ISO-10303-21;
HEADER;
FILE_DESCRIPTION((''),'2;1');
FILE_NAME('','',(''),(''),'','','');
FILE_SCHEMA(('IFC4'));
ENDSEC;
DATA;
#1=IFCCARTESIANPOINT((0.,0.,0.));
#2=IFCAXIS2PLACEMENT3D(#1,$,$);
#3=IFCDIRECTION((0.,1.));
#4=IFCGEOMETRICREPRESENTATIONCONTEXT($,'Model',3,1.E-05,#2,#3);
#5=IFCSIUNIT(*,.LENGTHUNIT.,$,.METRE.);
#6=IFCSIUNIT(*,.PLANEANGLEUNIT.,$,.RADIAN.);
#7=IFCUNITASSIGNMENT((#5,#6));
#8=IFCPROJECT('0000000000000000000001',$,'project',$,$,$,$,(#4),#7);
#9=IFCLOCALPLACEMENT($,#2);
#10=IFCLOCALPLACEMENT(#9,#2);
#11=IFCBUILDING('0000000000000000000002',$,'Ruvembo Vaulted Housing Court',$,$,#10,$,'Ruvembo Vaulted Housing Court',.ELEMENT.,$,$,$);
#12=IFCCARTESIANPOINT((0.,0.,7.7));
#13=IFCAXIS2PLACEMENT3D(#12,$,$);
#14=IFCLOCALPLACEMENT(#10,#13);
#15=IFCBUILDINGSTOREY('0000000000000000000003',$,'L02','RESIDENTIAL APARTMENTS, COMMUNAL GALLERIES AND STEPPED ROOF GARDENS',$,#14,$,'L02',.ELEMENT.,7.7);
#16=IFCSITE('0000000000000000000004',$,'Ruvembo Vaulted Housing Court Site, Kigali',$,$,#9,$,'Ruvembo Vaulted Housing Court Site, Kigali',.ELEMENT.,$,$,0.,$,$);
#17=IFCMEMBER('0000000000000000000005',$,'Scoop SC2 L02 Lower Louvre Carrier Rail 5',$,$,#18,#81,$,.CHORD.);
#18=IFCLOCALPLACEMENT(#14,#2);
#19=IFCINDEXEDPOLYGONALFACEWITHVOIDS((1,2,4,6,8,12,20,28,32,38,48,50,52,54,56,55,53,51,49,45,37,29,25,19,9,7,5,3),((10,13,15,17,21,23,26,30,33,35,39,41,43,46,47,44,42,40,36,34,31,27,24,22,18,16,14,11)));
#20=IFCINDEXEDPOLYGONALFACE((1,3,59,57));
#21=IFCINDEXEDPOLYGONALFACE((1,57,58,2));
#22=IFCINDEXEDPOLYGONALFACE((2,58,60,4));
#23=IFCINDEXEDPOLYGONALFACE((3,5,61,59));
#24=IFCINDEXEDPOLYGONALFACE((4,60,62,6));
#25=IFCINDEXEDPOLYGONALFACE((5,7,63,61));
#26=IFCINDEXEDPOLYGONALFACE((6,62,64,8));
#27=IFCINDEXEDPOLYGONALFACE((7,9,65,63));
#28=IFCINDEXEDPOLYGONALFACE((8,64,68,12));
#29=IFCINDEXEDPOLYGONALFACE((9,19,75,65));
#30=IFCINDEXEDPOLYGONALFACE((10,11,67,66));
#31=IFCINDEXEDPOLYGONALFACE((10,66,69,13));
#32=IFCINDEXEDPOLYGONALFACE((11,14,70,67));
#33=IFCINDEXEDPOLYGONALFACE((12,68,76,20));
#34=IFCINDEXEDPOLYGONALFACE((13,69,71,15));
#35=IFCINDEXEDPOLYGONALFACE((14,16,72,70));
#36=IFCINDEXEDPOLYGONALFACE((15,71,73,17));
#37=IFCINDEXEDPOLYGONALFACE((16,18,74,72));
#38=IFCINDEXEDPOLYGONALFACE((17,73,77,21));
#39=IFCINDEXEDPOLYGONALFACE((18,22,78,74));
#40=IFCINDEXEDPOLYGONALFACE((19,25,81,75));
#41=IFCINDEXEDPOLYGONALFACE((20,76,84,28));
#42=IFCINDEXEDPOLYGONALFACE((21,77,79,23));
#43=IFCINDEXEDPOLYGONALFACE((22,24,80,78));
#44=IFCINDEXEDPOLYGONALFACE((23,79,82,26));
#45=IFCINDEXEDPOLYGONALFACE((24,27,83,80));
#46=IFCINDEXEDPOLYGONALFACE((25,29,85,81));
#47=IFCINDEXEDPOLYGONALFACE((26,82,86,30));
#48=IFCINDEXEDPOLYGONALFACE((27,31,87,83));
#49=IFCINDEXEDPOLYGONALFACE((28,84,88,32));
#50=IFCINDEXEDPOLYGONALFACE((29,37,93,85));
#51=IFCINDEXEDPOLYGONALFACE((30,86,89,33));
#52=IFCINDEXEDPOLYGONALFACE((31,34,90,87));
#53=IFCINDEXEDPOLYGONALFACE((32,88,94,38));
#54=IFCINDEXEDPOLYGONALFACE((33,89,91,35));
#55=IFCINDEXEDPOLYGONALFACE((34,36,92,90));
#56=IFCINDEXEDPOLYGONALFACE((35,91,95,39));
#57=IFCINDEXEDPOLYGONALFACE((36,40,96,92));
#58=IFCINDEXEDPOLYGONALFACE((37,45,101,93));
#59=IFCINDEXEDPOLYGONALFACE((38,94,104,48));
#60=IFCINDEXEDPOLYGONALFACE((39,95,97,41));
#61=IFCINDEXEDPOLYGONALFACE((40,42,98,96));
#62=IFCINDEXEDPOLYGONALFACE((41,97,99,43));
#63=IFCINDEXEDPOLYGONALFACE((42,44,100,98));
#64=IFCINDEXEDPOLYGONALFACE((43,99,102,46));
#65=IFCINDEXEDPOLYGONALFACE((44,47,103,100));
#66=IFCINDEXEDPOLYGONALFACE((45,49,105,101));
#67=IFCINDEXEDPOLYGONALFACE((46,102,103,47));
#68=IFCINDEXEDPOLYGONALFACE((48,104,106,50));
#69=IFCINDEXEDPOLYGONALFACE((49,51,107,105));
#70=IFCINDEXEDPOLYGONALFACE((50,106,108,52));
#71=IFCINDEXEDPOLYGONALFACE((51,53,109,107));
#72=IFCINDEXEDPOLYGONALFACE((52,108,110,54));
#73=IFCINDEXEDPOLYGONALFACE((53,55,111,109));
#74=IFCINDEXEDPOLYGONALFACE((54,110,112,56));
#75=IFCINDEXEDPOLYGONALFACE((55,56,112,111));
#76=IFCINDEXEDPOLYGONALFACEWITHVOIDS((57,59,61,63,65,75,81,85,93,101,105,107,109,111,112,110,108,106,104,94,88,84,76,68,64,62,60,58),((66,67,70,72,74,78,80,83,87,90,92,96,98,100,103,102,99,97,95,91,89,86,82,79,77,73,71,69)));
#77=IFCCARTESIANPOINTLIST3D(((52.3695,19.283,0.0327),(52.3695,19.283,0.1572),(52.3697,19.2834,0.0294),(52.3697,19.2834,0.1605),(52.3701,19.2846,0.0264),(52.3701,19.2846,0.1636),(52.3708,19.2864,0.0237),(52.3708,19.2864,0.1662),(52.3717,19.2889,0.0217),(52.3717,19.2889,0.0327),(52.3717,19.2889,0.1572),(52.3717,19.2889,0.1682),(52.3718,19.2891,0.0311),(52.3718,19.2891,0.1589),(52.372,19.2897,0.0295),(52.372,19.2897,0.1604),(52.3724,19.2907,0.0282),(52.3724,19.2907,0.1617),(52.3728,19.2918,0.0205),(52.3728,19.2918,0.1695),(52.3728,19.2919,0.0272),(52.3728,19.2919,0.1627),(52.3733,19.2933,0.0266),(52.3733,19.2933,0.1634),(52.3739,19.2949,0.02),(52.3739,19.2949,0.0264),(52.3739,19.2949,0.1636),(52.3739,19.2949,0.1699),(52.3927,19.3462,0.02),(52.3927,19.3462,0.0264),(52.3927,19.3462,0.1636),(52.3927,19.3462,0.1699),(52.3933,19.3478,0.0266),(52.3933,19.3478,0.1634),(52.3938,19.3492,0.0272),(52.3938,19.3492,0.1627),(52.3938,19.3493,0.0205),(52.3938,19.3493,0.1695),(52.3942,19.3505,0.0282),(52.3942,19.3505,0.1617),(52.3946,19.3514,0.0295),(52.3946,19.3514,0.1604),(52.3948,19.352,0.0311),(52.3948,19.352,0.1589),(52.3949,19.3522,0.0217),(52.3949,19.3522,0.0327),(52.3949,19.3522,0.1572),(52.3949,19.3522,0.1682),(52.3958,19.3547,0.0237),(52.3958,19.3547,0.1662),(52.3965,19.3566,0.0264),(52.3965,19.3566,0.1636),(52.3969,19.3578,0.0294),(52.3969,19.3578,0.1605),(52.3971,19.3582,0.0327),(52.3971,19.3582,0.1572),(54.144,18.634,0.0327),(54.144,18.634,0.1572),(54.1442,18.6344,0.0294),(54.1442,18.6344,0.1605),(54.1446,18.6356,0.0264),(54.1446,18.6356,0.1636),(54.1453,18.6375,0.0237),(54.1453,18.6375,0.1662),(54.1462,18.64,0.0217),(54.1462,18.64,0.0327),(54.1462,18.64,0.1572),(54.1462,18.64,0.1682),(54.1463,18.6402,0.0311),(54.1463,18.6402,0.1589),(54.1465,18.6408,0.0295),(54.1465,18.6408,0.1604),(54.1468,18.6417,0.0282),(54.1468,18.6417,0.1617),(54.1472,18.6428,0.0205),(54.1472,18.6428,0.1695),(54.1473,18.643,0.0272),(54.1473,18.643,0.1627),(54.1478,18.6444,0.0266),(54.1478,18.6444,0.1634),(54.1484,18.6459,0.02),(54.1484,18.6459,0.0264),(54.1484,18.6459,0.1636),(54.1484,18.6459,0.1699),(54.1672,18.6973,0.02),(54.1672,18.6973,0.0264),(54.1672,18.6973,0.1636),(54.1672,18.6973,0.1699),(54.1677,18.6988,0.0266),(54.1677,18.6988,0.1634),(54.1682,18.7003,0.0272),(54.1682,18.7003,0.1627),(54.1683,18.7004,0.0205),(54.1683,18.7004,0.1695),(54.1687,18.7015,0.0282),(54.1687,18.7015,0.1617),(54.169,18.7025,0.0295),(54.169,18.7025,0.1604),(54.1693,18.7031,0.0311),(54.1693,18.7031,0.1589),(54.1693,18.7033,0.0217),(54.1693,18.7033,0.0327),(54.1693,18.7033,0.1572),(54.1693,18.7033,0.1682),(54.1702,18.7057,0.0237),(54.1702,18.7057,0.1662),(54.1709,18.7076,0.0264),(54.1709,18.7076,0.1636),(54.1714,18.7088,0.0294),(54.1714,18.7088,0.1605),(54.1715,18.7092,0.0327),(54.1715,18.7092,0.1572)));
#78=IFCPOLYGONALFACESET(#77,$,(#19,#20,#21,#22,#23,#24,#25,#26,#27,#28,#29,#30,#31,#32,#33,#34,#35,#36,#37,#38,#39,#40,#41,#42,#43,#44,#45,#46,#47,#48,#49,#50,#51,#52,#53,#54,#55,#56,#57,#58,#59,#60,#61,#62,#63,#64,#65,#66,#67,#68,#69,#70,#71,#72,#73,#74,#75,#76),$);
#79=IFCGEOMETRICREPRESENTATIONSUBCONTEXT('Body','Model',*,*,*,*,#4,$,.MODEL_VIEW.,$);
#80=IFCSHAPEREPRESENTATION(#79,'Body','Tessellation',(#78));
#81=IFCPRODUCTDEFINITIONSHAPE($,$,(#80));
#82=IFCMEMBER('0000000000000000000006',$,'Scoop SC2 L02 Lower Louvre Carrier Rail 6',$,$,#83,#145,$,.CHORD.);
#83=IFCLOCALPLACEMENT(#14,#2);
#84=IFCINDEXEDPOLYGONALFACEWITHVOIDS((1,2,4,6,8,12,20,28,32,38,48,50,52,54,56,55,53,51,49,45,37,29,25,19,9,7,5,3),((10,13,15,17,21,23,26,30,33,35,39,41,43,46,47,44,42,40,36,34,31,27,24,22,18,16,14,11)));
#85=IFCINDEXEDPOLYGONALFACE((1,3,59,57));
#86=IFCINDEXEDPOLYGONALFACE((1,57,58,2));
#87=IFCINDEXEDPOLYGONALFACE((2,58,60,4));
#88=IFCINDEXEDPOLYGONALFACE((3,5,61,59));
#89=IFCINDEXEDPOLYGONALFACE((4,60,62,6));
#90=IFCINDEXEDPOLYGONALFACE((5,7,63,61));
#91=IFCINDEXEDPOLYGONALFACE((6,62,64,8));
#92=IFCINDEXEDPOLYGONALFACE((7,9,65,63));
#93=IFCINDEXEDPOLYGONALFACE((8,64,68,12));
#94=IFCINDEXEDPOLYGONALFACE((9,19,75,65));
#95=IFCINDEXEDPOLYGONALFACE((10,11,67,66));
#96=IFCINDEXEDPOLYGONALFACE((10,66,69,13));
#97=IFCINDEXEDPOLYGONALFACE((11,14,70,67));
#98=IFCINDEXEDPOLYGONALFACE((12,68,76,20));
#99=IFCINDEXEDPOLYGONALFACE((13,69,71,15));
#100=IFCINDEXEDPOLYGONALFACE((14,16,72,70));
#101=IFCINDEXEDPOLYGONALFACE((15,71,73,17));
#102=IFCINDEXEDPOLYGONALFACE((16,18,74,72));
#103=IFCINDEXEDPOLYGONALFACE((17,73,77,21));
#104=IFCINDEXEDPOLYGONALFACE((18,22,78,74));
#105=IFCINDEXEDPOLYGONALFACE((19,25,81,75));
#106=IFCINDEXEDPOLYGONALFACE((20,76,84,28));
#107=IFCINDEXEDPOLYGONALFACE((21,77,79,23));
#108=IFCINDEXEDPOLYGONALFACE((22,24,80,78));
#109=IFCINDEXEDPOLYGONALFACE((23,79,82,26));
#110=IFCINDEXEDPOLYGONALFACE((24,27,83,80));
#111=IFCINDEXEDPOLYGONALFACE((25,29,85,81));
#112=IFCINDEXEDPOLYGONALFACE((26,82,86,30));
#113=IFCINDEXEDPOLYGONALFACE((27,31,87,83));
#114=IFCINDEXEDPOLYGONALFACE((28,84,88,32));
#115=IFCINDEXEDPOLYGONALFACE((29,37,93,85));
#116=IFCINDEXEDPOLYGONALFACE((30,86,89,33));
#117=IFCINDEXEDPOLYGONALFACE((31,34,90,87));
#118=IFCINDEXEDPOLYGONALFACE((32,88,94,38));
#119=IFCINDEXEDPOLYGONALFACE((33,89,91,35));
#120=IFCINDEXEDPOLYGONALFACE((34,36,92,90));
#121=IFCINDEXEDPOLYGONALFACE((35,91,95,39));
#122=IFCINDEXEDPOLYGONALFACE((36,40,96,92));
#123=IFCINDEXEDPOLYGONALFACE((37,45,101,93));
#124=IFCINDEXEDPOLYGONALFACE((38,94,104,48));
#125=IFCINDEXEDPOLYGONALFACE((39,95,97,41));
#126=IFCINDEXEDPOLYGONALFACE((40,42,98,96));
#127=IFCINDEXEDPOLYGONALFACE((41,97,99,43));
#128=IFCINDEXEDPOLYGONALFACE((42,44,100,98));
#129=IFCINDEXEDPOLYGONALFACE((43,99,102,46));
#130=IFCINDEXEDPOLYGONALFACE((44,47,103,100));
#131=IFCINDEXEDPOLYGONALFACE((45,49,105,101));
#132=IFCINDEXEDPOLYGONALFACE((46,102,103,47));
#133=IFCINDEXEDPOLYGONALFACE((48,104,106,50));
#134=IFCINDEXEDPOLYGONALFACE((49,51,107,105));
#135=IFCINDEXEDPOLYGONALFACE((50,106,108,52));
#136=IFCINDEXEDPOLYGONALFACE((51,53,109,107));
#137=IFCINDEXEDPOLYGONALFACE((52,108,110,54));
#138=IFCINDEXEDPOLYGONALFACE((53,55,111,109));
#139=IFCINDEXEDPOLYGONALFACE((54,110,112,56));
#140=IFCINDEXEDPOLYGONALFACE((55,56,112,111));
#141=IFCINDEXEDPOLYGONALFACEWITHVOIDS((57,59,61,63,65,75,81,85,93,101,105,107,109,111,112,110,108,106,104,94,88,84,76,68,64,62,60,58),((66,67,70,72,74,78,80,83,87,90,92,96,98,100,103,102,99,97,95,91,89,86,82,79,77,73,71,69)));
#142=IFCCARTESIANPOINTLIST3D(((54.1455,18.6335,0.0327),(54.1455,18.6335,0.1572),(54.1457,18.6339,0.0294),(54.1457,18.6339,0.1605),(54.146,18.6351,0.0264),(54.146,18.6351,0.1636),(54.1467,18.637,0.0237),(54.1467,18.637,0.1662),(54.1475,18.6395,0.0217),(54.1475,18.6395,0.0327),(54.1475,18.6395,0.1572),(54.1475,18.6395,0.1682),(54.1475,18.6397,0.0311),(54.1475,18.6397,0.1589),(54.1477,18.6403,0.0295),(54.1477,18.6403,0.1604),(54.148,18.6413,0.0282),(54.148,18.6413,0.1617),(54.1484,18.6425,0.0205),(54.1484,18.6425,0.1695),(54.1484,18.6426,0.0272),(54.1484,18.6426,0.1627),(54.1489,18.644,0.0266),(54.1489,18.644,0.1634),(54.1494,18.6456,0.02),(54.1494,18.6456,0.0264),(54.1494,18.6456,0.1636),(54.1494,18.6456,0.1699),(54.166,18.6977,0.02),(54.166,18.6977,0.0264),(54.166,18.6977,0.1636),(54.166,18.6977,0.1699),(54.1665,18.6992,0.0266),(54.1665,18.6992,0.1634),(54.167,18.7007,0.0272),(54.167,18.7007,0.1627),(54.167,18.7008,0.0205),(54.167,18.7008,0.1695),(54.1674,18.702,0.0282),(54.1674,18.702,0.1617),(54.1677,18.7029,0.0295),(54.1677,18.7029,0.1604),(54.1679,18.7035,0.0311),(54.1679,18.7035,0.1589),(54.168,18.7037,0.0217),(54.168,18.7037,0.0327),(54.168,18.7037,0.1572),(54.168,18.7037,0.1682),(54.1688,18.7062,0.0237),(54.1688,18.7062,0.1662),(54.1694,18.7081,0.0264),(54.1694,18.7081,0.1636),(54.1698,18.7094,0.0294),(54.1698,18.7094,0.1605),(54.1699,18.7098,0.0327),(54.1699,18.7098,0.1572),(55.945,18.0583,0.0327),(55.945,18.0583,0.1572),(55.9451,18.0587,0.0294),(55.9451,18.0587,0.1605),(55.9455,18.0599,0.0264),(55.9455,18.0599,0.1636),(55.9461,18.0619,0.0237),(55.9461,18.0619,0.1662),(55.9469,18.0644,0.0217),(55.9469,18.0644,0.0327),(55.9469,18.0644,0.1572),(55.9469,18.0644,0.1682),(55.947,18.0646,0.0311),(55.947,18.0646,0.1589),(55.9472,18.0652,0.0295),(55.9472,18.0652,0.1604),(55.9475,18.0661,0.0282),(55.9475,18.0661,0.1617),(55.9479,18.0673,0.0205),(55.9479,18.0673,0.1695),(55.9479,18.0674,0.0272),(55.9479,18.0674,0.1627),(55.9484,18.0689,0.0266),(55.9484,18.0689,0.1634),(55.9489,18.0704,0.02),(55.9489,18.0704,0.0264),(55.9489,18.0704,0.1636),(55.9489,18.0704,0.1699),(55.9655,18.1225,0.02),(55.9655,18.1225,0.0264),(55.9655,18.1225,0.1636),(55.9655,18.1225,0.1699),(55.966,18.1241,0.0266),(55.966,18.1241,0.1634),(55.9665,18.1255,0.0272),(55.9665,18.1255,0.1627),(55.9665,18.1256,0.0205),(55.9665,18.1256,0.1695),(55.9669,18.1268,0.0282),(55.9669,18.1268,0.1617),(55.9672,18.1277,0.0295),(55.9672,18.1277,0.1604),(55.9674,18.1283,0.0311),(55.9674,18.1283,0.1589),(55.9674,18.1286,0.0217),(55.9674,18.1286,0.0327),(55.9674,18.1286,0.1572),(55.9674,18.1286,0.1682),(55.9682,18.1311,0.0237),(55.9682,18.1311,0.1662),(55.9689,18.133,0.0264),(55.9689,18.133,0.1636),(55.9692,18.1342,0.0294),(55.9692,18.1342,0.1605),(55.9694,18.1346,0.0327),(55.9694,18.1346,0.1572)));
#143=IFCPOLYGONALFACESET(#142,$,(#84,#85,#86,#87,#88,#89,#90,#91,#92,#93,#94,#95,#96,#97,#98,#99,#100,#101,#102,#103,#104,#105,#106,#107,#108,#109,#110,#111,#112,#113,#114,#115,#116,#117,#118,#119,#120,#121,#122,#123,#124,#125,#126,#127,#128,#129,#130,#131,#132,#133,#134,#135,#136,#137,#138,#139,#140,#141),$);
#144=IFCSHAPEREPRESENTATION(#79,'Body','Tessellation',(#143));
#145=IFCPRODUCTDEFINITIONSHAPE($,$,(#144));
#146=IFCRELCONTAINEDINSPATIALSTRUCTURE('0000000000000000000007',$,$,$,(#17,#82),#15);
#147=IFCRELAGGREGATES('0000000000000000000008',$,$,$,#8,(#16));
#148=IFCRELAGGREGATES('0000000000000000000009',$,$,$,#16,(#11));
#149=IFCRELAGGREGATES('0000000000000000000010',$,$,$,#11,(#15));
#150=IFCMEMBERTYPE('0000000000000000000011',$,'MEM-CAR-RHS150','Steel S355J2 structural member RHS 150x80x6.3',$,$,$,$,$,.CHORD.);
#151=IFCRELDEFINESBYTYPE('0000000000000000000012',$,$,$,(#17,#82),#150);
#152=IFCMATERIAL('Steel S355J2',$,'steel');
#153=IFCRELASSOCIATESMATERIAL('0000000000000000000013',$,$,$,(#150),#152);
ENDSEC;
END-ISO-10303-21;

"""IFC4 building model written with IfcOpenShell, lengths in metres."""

from ifc_helpers import new_model, si_unit, direction, frame, origin, origin_2d, place, context, subcontext, project, spatial, hollow_rectangle, extrude, material, material_profile, profile_set, type_object, element, save


model = new_model("IFC4")

# Units and contexts
model_context = context("Model", 3, precision=1e-05, world=origin(), true_north=direction((0.0, 1.0)))
body_context = subcontext(model_context, "Body", "Model", "MODEL_VIEW")
ifc_project = project(units=[si_unit("LENGTHUNIT", "METRE"), si_unit("PLANEANGLEUNIT", "RADIAN")], contexts=[model_context])

# Site, building, storey
site_placement = place(None, origin())
site = spatial("IfcSite", under=ifc_project, at=site_placement, Name="Ruvembo Vaulted Housing Court Site, Kigali", LongName="Ruvembo Vaulted Housing Court Site, Kigali", CompositionType="ELEMENT", RefElevation=0.0)
building_placement = place(site_placement, origin())
building = spatial("IfcBuilding", under=site, at=building_placement, Name="Ruvembo Vaulted Housing Court", LongName="Ruvembo Vaulted Housing Court", CompositionType="ELEMENT")
storey_placement = place(building_placement, frame((0.0, 0.0, 7.7)))
storey = spatial("IfcBuildingStorey", under=building, at=storey_placement, Name="L02", Description="RESIDENTIAL APARTMENTS, COMMUNAL GALLERIES AND STEPPED ROOF GARDENS", LongName="L02", CompositionType="ELEMENT", Elevation=7.7)

# Shared definitions
ifc_material_1 = material(Name="Steel S355J2", Category="steel")

# Members
ifc_material_profile_1 = material_profile(ifc_material_1, hollow_rectangle(XDim=0.0801, YDim=0.1499, WallThickness=0.0063, InnerFilletRadius=0.0063, OuterFilletRadius=0.0127, at=origin_2d()), Name="RHS 150x80x6.3")
ifc_profile_set_1 = profile_set([ifc_material_profile_1], Name="Steel S355J2")
member_type_1 = type_object("IfcMemberType", Name="MEM-CAR-RHS150", Description="Steel S355J2 structural member RHS 150x80x6.3", PredefinedType="CHORD", material=ifc_profile_set_1)
member_1_placement = place(storey_placement, frame((52.3833, 19.3206, 0.095), z_axis=(0.939166, -0.343465, 0.0), x_axis=(0.343465, 0.939166, 0.0)))
element("IfcMember", 1, at=member_1_placement, inside=storey, type_object=member_type_1, Name="Scoop SC2 L02 Lower Louvre Carrier Rail 5", PredefinedType="CHORD", context=body_context, shape_type="SweptSolid", body=[
    extrude(hollow_rectangle(XDim=0.0801, YDim=0.1499, WallThickness=0.0063, InnerFilletRadius=0.0063, OuterFilletRadius=0.0127, at=origin_2d()), origin(), (0.0, 0.0, 1.0), 1.8894),
])
member_2_placement = place(storey_placement, frame((54.1577, 18.6716, 0.095), z_axis=(0.952526, -0.304457, 0.0), x_axis=(0.304457, 0.952526, 0.0)))
element("IfcMember", 2, at=member_2_placement, inside=storey, type_object=member_type_1, Name="Scoop SC2 L02 Lower Louvre Carrier Rail 6", PredefinedType="CHORD", context=body_context, shape_type="SweptSolid", body=[
    extrude(hollow_rectangle(XDim=0.0801, YDim=0.1499, WallThickness=0.0063, InnerFilletRadius=0.0063, OuterFilletRadius=0.0127, at=origin_2d()), origin(), (0.0, 0.0, 1.0), 1.8892),
])

save(model, "model.ifc")
